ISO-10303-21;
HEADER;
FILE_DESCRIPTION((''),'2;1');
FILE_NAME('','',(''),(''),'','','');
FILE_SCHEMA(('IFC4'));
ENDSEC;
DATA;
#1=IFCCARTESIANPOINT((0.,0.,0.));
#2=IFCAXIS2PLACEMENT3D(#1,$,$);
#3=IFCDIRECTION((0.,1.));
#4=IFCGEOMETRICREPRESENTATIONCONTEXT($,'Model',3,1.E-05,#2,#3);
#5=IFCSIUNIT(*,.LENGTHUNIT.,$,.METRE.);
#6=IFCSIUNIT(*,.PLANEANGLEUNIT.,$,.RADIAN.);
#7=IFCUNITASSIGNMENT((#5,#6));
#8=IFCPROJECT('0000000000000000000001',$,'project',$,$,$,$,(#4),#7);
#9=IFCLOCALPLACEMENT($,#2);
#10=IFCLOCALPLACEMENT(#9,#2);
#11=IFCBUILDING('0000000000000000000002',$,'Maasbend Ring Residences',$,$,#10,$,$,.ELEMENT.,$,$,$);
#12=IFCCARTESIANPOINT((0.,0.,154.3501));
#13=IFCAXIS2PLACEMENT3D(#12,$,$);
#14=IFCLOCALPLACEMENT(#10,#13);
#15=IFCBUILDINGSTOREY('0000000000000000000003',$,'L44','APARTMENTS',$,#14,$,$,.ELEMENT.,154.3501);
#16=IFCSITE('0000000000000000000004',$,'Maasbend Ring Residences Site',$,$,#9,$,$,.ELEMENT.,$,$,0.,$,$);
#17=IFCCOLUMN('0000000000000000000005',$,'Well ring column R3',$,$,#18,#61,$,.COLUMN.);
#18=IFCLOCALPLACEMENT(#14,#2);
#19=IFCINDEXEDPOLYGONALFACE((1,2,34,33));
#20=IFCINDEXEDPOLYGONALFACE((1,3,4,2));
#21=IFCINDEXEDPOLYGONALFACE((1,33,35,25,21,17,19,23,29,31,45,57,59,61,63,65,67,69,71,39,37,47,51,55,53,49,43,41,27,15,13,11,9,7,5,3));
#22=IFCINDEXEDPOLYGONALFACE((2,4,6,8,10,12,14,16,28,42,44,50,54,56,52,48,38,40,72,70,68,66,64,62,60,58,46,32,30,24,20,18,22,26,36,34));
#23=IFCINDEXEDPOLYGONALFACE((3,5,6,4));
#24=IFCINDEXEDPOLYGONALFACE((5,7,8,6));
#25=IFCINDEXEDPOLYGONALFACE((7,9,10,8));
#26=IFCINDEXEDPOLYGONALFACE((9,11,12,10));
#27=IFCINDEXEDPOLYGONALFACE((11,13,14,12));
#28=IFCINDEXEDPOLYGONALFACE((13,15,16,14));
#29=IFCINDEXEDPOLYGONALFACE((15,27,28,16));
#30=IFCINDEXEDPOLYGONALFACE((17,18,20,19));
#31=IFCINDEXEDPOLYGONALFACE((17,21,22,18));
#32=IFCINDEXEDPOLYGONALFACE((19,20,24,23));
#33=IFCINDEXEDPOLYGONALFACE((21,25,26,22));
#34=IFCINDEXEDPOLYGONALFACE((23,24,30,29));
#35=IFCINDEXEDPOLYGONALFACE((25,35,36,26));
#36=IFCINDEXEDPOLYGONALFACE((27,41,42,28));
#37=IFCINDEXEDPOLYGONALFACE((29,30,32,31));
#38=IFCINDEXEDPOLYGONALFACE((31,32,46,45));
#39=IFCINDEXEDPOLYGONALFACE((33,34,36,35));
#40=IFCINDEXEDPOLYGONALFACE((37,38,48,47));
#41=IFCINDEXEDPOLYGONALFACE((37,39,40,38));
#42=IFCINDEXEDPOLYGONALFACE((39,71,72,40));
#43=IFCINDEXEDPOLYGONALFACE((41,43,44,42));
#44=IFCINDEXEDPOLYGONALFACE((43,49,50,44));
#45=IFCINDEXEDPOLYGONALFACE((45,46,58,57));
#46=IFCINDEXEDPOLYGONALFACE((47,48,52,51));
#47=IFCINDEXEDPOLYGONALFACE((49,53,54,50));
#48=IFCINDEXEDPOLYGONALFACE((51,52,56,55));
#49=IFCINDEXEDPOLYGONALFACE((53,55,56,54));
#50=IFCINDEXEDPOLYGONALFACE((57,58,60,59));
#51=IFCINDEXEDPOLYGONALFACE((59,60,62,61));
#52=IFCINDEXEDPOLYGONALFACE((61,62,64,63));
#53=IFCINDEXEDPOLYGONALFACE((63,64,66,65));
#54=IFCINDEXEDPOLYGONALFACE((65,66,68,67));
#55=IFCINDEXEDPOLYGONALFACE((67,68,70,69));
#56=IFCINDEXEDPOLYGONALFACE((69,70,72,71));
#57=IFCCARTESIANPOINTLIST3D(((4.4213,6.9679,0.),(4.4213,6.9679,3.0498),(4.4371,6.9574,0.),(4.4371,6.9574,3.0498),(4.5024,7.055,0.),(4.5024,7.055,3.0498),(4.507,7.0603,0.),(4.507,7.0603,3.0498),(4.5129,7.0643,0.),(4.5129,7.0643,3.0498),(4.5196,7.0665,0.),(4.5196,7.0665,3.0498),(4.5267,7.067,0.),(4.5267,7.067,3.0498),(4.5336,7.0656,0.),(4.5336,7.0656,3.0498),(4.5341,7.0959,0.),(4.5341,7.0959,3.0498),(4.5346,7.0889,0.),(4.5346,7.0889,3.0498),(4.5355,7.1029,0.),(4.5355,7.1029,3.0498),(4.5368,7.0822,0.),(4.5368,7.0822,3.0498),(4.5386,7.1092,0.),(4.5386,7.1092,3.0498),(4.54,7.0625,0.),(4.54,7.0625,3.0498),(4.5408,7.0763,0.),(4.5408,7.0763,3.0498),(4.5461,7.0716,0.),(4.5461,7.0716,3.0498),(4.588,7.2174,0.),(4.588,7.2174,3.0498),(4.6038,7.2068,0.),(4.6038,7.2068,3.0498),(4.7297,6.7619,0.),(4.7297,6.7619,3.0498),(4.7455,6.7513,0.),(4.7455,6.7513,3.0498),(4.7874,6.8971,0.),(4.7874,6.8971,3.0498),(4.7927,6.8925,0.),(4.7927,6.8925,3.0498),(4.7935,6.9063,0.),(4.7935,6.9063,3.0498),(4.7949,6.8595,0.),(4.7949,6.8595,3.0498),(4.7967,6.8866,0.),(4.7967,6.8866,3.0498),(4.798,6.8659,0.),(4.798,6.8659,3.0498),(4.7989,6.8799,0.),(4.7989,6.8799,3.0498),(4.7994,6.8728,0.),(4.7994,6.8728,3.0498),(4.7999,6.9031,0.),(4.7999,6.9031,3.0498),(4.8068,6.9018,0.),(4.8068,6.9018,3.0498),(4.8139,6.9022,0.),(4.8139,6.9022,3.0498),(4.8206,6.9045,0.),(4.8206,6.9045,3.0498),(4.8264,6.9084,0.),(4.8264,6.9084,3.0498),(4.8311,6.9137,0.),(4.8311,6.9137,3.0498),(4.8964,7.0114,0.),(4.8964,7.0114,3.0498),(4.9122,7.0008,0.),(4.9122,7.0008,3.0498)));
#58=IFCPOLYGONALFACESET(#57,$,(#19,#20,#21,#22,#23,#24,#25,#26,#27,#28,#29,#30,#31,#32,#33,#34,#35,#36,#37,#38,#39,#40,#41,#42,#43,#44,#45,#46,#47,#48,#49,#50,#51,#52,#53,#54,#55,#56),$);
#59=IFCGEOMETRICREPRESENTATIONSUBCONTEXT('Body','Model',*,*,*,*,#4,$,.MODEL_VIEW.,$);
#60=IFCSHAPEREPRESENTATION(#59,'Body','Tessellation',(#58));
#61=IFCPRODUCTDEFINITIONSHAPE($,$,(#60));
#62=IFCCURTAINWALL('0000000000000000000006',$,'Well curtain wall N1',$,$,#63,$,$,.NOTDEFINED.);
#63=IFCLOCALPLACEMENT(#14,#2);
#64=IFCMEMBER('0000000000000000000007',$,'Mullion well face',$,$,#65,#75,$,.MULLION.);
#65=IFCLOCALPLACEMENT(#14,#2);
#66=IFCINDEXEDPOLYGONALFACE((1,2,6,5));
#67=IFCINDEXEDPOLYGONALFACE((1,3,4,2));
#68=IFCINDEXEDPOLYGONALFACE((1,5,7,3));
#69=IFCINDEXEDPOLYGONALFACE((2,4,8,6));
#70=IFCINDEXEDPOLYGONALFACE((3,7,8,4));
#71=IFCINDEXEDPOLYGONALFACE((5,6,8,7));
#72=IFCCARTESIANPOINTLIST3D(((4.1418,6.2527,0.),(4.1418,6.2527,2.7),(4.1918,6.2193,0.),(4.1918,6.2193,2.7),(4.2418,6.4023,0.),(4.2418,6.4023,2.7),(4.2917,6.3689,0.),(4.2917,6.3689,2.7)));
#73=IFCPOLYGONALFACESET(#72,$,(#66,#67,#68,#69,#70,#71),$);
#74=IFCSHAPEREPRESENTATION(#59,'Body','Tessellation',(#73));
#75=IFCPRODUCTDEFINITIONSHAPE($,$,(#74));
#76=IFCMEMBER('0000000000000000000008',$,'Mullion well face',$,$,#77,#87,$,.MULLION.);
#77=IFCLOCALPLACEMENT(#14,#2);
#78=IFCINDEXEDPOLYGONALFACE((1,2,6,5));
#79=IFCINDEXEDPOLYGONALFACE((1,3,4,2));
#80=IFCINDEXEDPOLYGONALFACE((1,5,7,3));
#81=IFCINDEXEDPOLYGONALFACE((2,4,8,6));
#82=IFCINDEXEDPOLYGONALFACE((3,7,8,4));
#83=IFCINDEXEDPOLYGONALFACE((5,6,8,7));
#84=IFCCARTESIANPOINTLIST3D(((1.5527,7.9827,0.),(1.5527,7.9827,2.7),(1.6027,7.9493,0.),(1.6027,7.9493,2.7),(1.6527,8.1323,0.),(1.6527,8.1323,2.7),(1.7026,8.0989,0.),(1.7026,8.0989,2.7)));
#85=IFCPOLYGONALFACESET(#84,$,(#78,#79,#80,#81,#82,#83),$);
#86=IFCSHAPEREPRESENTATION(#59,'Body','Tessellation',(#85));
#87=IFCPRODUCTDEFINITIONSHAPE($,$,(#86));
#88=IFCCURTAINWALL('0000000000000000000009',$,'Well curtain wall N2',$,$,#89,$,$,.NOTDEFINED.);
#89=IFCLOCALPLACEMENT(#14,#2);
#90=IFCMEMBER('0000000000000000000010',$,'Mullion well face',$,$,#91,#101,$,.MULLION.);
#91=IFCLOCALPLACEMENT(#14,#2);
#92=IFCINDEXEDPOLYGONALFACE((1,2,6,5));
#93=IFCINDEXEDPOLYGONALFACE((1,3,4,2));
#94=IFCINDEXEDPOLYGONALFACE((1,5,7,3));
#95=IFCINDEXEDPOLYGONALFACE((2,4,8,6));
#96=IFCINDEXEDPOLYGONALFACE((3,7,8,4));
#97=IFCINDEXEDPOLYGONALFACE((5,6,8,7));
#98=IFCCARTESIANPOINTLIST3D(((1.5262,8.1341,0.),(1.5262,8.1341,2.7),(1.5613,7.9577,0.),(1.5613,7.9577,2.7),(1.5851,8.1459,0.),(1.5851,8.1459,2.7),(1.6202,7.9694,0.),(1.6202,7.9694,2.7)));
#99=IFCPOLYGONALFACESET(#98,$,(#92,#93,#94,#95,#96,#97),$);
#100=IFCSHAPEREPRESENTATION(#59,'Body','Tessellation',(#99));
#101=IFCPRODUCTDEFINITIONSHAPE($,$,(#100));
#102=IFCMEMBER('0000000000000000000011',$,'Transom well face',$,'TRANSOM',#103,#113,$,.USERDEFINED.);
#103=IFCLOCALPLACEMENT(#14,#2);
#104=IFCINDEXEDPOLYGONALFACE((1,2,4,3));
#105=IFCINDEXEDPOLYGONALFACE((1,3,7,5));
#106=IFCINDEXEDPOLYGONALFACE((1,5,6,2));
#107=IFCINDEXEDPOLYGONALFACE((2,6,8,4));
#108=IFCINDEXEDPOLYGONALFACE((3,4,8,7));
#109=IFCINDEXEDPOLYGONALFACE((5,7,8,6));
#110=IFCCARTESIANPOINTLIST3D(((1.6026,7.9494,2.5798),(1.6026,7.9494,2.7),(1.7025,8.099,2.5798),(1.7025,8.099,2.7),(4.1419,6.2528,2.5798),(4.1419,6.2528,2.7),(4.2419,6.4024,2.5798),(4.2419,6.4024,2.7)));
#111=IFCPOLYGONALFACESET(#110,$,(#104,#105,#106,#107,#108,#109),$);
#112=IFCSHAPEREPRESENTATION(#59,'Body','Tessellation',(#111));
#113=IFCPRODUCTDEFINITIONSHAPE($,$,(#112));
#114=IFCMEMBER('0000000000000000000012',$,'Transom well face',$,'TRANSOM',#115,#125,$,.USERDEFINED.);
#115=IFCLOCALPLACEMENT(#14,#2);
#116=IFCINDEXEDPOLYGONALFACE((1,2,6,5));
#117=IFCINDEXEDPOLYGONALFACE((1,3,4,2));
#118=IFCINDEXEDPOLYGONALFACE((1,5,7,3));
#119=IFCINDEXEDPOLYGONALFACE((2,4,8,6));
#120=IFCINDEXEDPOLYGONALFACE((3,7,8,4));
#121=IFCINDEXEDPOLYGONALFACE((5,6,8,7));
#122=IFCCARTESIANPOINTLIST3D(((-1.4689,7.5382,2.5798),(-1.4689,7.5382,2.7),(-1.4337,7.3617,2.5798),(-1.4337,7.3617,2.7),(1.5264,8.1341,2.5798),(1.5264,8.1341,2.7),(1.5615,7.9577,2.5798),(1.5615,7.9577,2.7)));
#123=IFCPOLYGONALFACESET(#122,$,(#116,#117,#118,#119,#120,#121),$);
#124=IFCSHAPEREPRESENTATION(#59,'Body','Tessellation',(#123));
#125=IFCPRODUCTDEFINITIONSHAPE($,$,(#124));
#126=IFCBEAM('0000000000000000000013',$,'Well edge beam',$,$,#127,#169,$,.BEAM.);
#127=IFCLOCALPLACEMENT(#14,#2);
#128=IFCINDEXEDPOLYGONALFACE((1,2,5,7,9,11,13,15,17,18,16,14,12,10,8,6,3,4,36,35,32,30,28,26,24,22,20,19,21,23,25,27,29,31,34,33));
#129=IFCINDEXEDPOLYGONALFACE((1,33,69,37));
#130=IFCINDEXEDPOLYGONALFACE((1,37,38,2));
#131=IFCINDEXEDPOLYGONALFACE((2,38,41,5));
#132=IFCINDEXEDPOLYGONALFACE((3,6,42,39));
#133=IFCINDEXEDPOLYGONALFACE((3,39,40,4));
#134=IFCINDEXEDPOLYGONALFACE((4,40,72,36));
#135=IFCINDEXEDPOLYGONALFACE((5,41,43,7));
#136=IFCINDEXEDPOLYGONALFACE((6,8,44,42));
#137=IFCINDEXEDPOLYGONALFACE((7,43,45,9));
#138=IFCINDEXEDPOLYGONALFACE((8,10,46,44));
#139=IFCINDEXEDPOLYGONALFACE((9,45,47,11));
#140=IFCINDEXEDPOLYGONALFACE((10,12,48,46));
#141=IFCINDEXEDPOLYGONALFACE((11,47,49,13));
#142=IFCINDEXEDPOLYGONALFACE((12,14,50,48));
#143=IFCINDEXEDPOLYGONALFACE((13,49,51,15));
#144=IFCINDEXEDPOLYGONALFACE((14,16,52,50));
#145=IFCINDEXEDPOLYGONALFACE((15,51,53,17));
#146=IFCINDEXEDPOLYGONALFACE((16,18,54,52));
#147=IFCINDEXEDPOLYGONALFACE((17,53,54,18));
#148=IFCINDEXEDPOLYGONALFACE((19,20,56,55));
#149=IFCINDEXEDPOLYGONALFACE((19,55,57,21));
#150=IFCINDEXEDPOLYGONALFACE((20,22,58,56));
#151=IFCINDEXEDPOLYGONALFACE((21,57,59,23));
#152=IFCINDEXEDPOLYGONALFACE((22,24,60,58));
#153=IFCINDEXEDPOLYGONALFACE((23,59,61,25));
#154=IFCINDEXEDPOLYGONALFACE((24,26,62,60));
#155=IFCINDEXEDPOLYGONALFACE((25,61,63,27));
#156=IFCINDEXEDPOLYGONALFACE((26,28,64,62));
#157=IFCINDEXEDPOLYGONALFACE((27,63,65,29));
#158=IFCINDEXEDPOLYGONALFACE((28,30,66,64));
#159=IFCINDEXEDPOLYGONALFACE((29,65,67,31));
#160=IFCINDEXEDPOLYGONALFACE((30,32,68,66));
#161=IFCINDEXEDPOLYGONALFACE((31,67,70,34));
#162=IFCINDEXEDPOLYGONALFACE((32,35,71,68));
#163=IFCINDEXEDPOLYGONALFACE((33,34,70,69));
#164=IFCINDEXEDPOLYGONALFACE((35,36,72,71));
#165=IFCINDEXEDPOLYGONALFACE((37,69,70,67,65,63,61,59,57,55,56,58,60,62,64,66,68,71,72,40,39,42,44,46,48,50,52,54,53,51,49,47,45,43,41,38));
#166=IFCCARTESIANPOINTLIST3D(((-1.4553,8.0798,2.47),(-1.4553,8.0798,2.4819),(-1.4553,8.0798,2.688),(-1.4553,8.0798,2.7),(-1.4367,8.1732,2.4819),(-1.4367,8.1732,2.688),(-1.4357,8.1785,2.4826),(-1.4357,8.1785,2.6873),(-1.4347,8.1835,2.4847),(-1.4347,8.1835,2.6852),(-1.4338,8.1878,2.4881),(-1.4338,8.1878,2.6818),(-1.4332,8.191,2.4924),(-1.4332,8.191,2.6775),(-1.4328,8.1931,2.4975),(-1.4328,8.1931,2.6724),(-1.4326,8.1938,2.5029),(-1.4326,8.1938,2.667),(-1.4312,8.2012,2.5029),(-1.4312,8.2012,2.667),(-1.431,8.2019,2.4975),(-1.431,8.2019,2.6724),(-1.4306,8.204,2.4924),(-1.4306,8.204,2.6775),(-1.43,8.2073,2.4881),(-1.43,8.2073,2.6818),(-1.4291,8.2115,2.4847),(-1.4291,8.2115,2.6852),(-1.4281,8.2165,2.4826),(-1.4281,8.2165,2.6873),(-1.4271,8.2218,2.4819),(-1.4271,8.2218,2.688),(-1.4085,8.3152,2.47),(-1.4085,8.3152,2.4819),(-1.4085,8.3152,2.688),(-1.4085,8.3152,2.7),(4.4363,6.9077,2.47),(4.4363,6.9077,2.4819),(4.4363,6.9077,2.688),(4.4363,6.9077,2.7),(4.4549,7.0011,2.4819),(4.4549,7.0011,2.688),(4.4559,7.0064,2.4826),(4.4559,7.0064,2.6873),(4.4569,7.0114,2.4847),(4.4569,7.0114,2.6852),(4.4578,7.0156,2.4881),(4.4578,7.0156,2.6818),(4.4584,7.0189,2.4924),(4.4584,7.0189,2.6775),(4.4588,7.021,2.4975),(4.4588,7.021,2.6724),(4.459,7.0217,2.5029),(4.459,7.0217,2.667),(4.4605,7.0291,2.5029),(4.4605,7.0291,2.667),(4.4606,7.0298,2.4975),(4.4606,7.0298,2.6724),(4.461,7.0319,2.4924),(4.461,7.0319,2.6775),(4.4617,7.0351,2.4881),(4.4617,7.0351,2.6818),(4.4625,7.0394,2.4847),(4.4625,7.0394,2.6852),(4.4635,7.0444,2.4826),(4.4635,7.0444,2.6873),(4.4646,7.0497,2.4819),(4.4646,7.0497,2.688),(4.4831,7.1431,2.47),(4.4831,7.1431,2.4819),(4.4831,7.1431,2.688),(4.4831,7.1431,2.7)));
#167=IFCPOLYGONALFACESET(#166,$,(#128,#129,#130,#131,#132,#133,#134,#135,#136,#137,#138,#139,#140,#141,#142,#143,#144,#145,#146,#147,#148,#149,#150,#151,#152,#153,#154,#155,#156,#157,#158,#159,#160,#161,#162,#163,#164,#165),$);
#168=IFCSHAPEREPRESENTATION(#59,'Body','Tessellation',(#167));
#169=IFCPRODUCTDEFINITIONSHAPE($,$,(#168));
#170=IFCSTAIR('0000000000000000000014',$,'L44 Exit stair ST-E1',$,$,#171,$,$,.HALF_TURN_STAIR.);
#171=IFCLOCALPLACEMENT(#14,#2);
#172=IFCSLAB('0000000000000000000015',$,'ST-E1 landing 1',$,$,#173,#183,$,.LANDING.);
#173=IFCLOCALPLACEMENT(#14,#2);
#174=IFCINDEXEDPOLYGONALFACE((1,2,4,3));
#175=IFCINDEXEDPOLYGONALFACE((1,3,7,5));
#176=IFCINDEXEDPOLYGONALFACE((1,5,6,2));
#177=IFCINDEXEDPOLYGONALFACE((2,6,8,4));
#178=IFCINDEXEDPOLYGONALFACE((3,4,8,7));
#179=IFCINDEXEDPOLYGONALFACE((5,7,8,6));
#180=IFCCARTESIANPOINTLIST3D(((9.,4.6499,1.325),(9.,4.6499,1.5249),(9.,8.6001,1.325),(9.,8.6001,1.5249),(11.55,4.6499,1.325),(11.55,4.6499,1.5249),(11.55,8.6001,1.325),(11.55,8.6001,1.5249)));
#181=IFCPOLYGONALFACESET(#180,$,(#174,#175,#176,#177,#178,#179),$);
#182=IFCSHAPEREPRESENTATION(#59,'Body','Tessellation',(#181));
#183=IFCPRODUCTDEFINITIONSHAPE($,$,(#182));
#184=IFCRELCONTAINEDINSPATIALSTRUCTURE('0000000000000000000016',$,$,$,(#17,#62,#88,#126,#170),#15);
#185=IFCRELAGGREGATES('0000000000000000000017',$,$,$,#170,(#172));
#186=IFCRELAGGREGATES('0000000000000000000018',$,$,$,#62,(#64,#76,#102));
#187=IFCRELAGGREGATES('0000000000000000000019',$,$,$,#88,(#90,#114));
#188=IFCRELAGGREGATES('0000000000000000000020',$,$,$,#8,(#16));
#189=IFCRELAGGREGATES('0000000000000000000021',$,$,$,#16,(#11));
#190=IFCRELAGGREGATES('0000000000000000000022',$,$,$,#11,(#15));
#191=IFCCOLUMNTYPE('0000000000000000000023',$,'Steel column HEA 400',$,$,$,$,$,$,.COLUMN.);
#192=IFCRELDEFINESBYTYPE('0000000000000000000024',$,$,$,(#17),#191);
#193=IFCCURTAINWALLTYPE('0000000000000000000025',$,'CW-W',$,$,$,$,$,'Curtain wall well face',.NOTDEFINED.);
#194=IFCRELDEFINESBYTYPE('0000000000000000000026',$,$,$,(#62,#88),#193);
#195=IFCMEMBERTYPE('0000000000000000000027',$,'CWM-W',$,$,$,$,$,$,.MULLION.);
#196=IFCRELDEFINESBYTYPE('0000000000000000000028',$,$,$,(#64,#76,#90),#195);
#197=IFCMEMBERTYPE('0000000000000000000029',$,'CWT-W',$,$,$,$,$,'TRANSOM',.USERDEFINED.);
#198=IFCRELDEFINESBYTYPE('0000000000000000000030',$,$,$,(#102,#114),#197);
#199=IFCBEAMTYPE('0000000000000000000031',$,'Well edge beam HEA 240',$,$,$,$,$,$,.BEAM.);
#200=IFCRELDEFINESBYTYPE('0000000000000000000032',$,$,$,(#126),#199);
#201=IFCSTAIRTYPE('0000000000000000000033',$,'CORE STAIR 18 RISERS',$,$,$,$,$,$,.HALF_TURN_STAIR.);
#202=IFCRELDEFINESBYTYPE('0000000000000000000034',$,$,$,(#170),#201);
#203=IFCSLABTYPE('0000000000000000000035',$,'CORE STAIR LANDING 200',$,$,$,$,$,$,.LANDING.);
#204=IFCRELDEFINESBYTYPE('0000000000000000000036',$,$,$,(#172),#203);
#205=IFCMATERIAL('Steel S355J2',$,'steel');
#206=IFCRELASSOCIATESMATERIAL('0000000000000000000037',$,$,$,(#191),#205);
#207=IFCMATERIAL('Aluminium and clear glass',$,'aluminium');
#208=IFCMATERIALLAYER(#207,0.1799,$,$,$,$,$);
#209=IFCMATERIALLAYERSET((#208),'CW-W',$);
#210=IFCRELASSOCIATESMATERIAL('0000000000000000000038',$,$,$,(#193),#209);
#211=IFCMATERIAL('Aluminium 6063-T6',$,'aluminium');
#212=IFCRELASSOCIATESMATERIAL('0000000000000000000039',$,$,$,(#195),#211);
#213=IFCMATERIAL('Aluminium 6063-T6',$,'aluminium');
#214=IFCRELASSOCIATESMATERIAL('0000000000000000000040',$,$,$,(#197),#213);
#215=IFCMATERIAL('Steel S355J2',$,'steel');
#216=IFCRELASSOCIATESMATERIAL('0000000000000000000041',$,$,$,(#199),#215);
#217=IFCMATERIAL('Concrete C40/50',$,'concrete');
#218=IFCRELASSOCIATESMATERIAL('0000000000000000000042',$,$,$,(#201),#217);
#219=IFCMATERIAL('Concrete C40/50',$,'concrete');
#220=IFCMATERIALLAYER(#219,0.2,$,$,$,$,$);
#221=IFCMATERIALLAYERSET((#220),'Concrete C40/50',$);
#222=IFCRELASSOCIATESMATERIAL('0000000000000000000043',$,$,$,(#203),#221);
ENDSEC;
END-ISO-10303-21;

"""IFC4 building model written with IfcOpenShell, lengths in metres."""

from ifc_helpers import new_model, si_unit, direction, frame, origin, origin_2d, place, context, subcontext, project, spatial, polyline, rectangle, i_section, outline, extrude, material, layer, layer_set, material_profile, profile_set, type_object, element, aggregate, save


model = new_model("IFC4")

# Units and contexts
model_context = context("Model", 3, precision=1e-05, world=origin(), true_north=direction((0.0, 1.0)))
body_context = subcontext(model_context, "Body", "Model", "MODEL_VIEW")
ifc_project = project(units=[si_unit("LENGTHUNIT", "METRE"), si_unit("PLANEANGLEUNIT", "RADIAN")], contexts=[model_context])

# Site, building, storey
site_placement = place(None, origin())
site = spatial("IfcSite", under=ifc_project, at=site_placement, Name="Maasbend Ring Residences Site", CompositionType="ELEMENT", RefElevation=0.0)
building_placement = place(site_placement, origin())
building = spatial("IfcBuilding", under=site, at=building_placement, Name="Maasbend Ring Residences", CompositionType="ELEMENT")
storey_placement = place(building_placement, frame((0.0, 0.0, 154.3501)))
storey = spatial("IfcBuildingStorey", under=building, at=storey_placement, Name="L44", Description="APARTMENTS", CompositionType="ELEMENT", Elevation=154.3501)

# Column
ifc_material_1 = material(Name="Steel S355J2", Category="steel")
ifc_material_profile_1 = material_profile(ifc_material_1, i_section(OverallWidth=0.3, OverallDepth=0.3899, WebThickness=0.011, FlangeThickness=0.019, FilletRadius=0.0271, at=origin_2d()), Name="HEA 400")
ifc_profile_set_1 = profile_set([ifc_material_profile_1], Name="Steel S355J2")
column_type = type_object("IfcColumnType", Name="Steel column HEA 400", PredefinedType="COLUMN", material=ifc_profile_set_1)
column_placement = place(storey_placement, frame((4.6667, 6.9844, 0.0), z_axis=(0.0, 0.0, 1.0), x_axis=(0.55557, 0.83147, 0.0)))
element("IfcColumn", 1, at=column_placement, inside=storey, type_object=column_type, Name="Well ring column R3", PredefinedType="COLUMN", context=body_context, shape_type="SweptSolid", body=[
    extrude(i_section(OverallWidth=0.3, OverallDepth=0.3899, WebThickness=0.011, FlangeThickness=0.019, FilletRadius=0.0271, at=origin_2d()), origin(), (0.0, 0.0, 1.0), 3.0498),
])

# Curtain wall, members
ifc_material_2 = material(Name="Aluminium and clear glass", Category="aluminium")
ifc_layer_1 = layer(ifc_material_2, 0.1799)
ifc_layer_set_1 = layer_set([ifc_layer_1], Name="CW-W")
curtain_wall_type = type_object("IfcCurtainWallType", Name="CW-W", ElementType="Curtain wall well face", PredefinedType="NOTDEFINED", material=ifc_layer_set_1)
curtain_wall_1_placement = place(storey_placement, origin())
curtain_wall_1 = element("IfcCurtainWall", 2, at=curtain_wall_1_placement, inside=storey, type_object=curtain_wall_type, Name="Well curtain wall N1", PredefinedType="NOTDEFINED")
ifc_material_3 = material(Name="Aluminium 6063-T6", Category="aluminium")
ifc_material_profile_2 = material_profile(ifc_material_3, rectangle(XDim=0.1799, YDim=0.0601, at=origin_2d()), Name="AL 180x60")
ifc_profile_set_2 = profile_set([ifc_material_profile_2], Name="Aluminium 6063-T6")
member_type_1 = type_object("IfcMemberType", Name="CWM-W", PredefinedType="MULLION", material=ifc_profile_set_2)
member_1_placement = place(storey_placement, frame((4.2168, 6.3108, 0.0), z_axis=(0.0, 0.0, 1.0), x_axis=(-0.55557, -0.83147, 0.0)))
member_1 = element("IfcMember", 3, at=member_1_placement, type_object=member_type_1, Name="Mullion well face", PredefinedType="MULLION", context=body_context, shape_type="SweptSolid", body=[
    extrude(rectangle(XDim=0.1799, YDim=0.0601, at=origin_2d()), origin(), (0.0, 0.0, 1.0), 2.7),
])
member_2_placement = place(storey_placement, frame((1.6277, 8.0408, 0.0), z_axis=(0.0, 0.0, 1.0), x_axis=(-0.55557, -0.83147, 0.0)))
member_2 = element("IfcMember", 4, at=member_2_placement, type_object=member_type_1, Name="Mullion well face", PredefinedType="MULLION", context=body_context, shape_type="SweptSolid", body=[
    extrude(rectangle(XDim=0.1799, YDim=0.0601, at=origin_2d()), origin(), (0.0, 0.0, 1.0), 2.7),
])

# Curtain wall, member
curtain_wall_2_placement = place(storey_placement, origin())
curtain_wall_2 = element("IfcCurtainWall", 5, at=curtain_wall_2_placement, inside=storey, type_object=curtain_wall_type, Name="Well curtain wall N2", PredefinedType="NOTDEFINED")
member_3_placement = place(storey_placement, frame((1.5732, 8.0518, 0.0), z_axis=(0.0, 0.0, 1.0), x_axis=(0.19509, -0.980785, 0.0)))
member_3 = element("IfcMember", 6, at=member_3_placement, type_object=member_type_1, Name="Mullion well face", PredefinedType="MULLION", context=body_context, shape_type="SweptSolid", body=[
    extrude(rectangle(XDim=0.1799, YDim=0.0601, at=origin_2d()), origin(), (0.0, 0.0, 1.0), 2.7),
])

# Members
ifc_material_4 = material(Name="Aluminium 6063-T6", Category="aluminium")
ifc_material_profile_3 = material_profile(ifc_material_4, rectangle(XDim=0.1799, YDim=0.1201, at=origin_2d()), Name="AL 180x120")
ifc_profile_set_3 = profile_set([ifc_material_profile_3], Name="Aluminium 6063-T6")
member_type_2 = type_object("IfcMemberType", Name="CWT-W", ElementType="TRANSOM", PredefinedType="USERDEFINED", material=ifc_profile_set_3)
member_4_placement = place(storey_placement, frame((4.1919, 6.3276, 2.6399), z_axis=(-0.831496, 0.55553, 0.0), x_axis=(-0.55553, -0.831496, 0.0)))
member_4 = element("IfcMember", 7, at=member_4_placement, type_object=member_type_2, Name="Transom well face", ObjectType="TRANSOM", PredefinedType="USERDEFINED", context=body_context, shape_type="SweptSolid", body=[
    extrude(rectangle(XDim=0.1799, YDim=0.1201, at=origin_2d()), origin(), (0.0, 0.0, 1.0), 3.054),
])
member_5_placement = place(storey_placement, frame((1.5439, 8.0459, 2.6399), z_axis=(-0.980777, -0.195132, 0.0), x_axis=(0.195132, -0.980777, 0.0)))
member_5 = element("IfcMember", 8, at=member_5_placement, type_object=member_type_2, Name="Transom well face", ObjectType="TRANSOM", PredefinedType="USERDEFINED", context=body_context, shape_type="SweptSolid", body=[
    extrude(rectangle(XDim=0.1799, YDim=0.1201, at=origin_2d()), origin(), (0.0, 0.0, 1.0), 3.054),
])

# Beam
ifc_material_5 = material(Name="Steel S355J2", Category="steel")
ifc_material_profile_4 = material_profile(ifc_material_5, i_section(OverallWidth=0.24, OverallDepth=0.23, WebThickness=0.0076, FlangeThickness=0.012, FilletRadius=0.021, at=origin_2d()), Name="HEA 240")
ifc_profile_set_4 = profile_set([ifc_material_profile_4], Name="Steel S355J2")
beam_type = type_object("IfcBeamType", Name="Well edge beam HEA 240", PredefinedType="BEAM", material=ifc_profile_set_4)
beam_placement = place(storey_placement, frame((4.4597, 7.0254, 2.585), z_axis=(-0.980779, 0.195123, 0.0), x_axis=(-0.195123, -0.980779, 0.0)))
element("IfcBeam", 9, at=beam_placement, inside=storey, type_object=beam_type, Name="Well edge beam", PredefinedType="BEAM", context=body_context, shape_type="SweptSolid", body=[
    extrude(i_section(OverallWidth=0.24, OverallDepth=0.23, WebThickness=0.0076, FlangeThickness=0.012, FilletRadius=0.021, at=origin_2d()), origin(), (0.0, 0.0, 1.0), 6.0071),
])

# Stair, slab
ifc_material_6 = material(Name="Concrete C40/50", Category="concrete")
stair_type = type_object("IfcStairType", Name="CORE STAIR 18 RISERS", PredefinedType="HALF_TURN_STAIR", material=ifc_material_6)
stair_1_placement = place(storey_placement, origin())
stair_1 = element("IfcStair", 10, at=stair_1_placement, inside=storey, type_object=stair_type, Name="L44 Exit stair ST-E1", PredefinedType="HALF_TURN_STAIR")
ifc_material_7 = material(Name="Concrete C40/50", Category="concrete")
ifc_layer_2 = layer(ifc_material_7, 0.2)
ifc_layer_set_2 = layer_set([ifc_layer_2], Name="Concrete C40/50")
slab_type = type_object("IfcSlabType", Name="CORE STAIR LANDING 200", PredefinedType="LANDING", material=ifc_layer_set_2)
slab_1_placement = place(storey_placement, frame((0.0, 0.0, 1.325)))
slab_1 = element("IfcSlab", 11, at=slab_1_placement, type_object=slab_type, Name="ST-E1 landing 1", PredefinedType="LANDING", context=body_context, shape_type="SweptSolid", body=[
    extrude(outline(polyline([(11.55, 8.6001), (9.0, 8.6001), (9.0, 4.6499), (11.55, 4.6499), (11.55, 8.6001)])), origin(), (0.0, 0.0, 1.0), 0.2),
])
aggregate(stair_1, [slab_1])

aggregate(curtain_wall_1, [member_1, member_2, member_4])
aggregate(curtain_wall_2, [member_3, member_5])

save(model, "model.ifc")
